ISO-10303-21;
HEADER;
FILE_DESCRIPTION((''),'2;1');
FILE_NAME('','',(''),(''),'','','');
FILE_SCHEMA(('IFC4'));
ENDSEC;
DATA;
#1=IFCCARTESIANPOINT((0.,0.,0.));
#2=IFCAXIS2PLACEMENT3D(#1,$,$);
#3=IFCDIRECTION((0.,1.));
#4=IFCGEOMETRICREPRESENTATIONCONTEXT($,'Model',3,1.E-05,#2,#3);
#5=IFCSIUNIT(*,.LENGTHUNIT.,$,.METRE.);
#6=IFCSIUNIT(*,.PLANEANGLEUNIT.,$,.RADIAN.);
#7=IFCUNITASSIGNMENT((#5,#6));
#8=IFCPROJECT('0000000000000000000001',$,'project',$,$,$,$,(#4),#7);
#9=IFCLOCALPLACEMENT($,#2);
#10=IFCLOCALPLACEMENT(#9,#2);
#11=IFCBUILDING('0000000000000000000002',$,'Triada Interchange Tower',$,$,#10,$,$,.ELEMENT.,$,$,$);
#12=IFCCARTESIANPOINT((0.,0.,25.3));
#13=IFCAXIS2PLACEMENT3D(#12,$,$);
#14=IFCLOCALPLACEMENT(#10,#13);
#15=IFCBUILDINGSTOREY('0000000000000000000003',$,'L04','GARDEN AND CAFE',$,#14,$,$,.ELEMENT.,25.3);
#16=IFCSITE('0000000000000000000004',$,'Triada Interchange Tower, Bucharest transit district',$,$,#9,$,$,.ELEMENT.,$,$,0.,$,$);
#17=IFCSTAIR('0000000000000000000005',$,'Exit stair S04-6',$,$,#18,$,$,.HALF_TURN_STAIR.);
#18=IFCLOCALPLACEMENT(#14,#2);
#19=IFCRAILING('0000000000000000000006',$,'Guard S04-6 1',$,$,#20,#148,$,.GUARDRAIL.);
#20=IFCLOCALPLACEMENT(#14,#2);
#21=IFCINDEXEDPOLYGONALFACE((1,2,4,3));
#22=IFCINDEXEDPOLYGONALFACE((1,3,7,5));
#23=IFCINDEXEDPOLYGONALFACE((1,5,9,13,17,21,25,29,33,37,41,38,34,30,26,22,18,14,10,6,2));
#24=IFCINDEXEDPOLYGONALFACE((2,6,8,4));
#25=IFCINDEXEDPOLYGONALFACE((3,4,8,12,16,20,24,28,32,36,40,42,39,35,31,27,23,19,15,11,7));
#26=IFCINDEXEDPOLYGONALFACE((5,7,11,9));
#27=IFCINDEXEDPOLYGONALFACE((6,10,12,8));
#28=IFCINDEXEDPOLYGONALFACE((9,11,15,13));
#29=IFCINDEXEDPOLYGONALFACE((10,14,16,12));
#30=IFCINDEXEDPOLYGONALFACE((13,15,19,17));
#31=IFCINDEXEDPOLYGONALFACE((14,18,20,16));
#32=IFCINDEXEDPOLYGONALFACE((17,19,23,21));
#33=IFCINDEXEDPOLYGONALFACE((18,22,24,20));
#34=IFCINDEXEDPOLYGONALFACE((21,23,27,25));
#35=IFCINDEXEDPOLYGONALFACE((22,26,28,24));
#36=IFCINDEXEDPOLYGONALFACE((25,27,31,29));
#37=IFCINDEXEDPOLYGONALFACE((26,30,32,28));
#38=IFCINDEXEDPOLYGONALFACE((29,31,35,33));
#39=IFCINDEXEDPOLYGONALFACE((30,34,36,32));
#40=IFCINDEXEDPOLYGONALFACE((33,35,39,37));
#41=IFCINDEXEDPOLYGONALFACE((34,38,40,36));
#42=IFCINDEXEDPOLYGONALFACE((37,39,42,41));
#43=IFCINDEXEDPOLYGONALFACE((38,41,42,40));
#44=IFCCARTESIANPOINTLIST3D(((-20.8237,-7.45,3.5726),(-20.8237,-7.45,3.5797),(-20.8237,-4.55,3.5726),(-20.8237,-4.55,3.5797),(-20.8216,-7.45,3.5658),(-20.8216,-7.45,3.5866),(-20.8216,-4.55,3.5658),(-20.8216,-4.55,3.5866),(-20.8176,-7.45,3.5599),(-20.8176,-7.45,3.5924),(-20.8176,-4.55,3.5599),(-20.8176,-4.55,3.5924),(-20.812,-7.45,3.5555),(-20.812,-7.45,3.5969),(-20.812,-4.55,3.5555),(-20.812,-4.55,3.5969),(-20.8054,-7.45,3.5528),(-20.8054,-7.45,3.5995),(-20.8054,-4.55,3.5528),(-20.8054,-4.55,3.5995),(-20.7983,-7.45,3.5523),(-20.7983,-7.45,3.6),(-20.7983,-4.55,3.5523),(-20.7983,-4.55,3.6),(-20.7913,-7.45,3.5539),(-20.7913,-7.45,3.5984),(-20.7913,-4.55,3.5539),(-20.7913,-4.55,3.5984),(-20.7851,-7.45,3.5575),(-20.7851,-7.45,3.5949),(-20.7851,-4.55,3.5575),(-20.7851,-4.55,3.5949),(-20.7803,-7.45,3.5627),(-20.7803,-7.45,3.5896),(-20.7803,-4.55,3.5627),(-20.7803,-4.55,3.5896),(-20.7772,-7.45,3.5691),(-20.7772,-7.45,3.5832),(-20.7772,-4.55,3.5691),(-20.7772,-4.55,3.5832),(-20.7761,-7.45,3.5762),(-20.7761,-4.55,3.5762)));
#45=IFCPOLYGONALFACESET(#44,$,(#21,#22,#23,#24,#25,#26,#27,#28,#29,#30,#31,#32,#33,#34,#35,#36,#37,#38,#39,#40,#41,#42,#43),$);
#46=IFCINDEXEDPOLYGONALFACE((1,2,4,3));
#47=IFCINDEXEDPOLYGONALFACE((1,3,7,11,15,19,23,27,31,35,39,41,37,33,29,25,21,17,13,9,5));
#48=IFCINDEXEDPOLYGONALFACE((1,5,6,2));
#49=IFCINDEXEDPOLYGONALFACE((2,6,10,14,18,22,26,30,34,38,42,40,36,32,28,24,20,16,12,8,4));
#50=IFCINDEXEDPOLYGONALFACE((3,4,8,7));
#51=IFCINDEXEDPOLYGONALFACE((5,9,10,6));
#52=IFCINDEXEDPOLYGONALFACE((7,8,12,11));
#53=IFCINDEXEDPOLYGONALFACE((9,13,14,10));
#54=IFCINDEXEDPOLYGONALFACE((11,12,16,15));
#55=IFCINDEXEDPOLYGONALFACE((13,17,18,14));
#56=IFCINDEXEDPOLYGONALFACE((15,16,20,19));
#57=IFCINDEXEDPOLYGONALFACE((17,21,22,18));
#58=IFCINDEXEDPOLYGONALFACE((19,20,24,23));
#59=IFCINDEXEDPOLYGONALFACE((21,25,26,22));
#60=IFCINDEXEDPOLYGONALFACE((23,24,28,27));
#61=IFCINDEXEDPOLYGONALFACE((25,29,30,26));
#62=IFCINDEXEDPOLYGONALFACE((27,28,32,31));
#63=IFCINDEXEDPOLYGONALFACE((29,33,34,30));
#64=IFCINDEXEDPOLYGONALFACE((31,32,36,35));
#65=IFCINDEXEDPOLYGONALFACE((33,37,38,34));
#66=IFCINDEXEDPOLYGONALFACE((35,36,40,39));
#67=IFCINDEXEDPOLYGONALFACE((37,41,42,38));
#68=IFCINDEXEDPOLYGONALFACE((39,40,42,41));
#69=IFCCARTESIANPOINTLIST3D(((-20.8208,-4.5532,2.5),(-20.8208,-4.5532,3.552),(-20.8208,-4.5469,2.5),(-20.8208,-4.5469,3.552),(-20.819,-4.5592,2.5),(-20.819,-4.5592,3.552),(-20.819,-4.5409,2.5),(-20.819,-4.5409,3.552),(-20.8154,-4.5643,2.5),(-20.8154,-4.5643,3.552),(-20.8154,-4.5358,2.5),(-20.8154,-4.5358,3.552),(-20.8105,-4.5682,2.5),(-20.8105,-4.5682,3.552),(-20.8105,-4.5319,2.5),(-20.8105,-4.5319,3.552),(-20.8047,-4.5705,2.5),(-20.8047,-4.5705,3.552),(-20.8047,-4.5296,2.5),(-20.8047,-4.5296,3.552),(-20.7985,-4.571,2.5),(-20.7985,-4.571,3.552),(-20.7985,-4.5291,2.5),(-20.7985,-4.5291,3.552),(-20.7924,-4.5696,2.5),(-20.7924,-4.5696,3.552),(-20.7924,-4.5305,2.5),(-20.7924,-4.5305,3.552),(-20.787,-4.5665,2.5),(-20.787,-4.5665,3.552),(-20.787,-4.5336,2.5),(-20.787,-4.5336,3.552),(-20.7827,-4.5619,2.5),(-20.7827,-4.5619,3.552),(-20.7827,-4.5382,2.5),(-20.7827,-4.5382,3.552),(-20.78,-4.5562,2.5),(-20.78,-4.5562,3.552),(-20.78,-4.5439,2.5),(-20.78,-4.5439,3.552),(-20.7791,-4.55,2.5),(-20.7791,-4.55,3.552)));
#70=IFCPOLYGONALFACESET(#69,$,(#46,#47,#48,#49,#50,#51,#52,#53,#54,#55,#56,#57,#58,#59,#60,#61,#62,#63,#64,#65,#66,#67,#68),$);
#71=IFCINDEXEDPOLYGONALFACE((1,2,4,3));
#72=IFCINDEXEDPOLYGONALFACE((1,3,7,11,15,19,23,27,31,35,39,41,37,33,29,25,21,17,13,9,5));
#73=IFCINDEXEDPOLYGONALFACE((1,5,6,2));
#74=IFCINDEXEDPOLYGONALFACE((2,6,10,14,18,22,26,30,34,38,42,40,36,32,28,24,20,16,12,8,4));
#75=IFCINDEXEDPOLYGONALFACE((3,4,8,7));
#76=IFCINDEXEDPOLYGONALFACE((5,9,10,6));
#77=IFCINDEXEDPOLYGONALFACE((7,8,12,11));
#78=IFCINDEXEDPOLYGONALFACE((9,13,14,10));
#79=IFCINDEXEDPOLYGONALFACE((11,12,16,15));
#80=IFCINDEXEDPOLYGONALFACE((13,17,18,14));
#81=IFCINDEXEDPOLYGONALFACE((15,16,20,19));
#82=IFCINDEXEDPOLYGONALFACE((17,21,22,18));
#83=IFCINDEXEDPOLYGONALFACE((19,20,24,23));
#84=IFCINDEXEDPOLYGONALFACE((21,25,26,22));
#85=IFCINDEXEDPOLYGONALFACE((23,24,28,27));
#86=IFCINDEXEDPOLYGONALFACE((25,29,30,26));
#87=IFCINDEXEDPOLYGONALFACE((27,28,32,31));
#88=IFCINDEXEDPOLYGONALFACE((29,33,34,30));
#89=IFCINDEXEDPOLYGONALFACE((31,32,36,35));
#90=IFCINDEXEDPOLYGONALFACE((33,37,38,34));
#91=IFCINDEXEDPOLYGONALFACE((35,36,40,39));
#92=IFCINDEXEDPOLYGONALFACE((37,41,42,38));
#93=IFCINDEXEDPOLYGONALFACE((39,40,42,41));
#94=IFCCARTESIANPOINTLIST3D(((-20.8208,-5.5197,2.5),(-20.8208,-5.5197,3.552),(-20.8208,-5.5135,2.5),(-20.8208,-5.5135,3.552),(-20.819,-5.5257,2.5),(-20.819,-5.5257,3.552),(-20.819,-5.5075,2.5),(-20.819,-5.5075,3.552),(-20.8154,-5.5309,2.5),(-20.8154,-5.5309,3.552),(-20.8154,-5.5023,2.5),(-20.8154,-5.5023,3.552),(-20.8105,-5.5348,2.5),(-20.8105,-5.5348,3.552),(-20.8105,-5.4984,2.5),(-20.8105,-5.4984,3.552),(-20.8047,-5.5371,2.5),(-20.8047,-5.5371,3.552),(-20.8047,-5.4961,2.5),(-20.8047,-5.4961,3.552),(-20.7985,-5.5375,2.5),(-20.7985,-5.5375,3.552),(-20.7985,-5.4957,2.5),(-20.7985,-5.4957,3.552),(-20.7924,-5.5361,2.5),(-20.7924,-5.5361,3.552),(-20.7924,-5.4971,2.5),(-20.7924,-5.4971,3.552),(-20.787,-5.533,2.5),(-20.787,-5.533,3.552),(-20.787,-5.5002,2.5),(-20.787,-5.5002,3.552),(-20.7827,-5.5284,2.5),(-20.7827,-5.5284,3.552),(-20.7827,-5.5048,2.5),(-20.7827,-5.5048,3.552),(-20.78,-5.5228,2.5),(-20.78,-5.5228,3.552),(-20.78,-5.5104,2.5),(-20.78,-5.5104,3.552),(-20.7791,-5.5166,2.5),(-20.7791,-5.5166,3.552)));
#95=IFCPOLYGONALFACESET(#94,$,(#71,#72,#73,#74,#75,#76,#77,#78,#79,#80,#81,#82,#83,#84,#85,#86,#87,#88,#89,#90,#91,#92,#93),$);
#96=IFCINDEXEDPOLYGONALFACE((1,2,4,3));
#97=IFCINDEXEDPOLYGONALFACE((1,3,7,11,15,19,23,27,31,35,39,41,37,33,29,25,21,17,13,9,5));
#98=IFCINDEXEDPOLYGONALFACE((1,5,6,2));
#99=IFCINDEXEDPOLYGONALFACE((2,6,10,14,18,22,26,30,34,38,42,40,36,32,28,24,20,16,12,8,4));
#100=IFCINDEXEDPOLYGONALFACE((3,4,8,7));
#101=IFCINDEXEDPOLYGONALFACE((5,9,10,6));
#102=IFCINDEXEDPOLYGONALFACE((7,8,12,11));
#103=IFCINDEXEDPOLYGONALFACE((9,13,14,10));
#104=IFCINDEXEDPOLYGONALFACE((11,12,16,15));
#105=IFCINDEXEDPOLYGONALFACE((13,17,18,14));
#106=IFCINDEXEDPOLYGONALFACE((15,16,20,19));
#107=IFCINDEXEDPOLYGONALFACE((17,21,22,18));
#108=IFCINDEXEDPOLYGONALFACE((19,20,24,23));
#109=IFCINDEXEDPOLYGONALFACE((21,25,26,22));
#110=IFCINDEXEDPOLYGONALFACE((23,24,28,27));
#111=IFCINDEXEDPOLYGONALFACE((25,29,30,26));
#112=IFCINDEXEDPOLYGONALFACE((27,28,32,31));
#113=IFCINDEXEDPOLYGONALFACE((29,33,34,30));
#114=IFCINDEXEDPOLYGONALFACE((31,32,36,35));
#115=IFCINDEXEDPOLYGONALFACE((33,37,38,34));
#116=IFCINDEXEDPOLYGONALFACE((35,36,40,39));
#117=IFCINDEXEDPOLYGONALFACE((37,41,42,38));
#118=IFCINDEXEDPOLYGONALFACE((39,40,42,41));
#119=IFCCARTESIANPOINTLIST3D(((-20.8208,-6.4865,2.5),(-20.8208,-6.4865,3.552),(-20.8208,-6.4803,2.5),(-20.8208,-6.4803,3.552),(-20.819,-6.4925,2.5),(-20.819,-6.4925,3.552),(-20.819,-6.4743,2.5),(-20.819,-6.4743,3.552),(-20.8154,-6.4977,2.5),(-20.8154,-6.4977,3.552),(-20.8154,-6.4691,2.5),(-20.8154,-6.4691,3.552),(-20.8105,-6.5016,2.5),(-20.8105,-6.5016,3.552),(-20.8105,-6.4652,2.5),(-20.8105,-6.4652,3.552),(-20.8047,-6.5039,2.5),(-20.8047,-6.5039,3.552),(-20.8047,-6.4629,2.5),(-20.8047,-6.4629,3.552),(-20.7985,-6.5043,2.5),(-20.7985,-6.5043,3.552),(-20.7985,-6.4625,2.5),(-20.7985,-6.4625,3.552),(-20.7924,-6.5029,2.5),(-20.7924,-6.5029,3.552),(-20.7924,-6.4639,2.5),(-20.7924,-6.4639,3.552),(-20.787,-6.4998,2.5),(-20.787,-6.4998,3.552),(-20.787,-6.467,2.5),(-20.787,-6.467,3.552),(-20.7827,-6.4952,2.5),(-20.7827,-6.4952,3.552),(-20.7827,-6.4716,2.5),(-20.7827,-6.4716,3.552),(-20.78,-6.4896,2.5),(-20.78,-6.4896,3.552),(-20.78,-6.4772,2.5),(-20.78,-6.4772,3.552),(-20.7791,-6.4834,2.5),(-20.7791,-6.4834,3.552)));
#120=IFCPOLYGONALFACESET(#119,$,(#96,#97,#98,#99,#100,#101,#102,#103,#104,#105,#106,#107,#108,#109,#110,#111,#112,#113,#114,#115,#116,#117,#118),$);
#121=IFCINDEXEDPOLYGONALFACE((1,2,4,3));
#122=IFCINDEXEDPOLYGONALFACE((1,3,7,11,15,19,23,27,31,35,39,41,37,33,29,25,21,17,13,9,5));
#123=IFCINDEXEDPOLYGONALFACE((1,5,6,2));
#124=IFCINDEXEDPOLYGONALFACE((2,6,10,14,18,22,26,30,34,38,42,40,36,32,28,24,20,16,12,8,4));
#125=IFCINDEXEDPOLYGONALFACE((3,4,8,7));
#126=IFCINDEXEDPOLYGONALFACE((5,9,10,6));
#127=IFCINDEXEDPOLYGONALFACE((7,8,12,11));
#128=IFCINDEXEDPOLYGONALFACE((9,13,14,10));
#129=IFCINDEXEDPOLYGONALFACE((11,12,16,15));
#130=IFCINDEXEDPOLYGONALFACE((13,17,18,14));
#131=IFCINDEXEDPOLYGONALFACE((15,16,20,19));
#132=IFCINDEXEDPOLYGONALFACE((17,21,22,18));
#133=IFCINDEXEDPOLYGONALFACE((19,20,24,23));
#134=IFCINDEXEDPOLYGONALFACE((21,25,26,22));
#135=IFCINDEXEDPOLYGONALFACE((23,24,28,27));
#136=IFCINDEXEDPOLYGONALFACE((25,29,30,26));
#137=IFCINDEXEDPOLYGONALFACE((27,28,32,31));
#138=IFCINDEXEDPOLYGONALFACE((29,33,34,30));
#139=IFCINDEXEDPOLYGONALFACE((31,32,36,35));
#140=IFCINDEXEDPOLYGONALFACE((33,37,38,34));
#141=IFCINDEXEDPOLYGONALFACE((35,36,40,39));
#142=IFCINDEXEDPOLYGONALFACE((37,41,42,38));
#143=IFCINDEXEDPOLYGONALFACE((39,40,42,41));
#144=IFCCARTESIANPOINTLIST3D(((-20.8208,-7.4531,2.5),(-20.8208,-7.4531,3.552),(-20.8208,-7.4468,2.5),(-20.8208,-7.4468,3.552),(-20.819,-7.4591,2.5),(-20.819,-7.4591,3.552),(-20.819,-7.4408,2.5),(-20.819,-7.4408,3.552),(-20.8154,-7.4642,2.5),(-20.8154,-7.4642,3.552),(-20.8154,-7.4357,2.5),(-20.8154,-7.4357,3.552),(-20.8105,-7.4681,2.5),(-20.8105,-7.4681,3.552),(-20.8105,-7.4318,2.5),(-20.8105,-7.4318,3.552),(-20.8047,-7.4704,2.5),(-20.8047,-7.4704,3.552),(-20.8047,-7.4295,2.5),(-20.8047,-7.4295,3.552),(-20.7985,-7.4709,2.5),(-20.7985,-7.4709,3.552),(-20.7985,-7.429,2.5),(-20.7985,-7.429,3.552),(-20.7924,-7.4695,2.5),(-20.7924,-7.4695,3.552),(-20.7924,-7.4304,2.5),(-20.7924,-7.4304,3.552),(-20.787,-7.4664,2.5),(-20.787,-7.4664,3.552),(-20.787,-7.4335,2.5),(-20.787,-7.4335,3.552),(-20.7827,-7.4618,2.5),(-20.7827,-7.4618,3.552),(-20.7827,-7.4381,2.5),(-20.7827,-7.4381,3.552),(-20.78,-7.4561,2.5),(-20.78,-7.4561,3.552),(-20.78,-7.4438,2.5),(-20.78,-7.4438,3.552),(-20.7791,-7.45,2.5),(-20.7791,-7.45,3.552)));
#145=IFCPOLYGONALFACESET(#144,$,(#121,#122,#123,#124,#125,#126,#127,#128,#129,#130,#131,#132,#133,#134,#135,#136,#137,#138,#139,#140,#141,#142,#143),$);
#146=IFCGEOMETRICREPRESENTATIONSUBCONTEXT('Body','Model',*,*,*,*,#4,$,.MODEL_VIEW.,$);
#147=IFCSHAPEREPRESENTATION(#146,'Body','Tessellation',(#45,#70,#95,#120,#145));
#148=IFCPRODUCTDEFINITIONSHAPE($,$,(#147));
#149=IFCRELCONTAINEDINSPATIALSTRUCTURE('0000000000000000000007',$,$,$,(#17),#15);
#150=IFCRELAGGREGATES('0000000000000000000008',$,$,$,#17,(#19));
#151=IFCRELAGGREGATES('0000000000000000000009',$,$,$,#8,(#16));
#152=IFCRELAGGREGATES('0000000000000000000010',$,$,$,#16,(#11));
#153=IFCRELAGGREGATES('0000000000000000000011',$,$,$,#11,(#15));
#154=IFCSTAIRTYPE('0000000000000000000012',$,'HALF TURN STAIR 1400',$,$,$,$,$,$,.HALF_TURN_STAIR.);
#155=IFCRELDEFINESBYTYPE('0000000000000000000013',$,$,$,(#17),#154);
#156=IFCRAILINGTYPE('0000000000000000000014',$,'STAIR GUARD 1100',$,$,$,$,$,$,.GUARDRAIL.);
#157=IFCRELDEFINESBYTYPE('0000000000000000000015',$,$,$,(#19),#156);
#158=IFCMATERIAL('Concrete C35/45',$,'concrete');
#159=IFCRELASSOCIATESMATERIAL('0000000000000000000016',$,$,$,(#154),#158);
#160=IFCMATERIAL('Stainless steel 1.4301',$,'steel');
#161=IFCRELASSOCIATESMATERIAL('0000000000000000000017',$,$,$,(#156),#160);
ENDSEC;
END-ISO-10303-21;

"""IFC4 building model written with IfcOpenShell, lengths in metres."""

from ifc_helpers import new_model, si_unit, direction, frame, origin, origin_2d, place, context, subcontext, project, spatial, circle, extrude, material, type_object, element, aggregate, save


model = new_model("IFC4")

# Units and contexts
model_context = context("Model", 3, precision=1e-05, world=origin(), true_north=direction((0.0, 1.0)))
body_context = subcontext(model_context, "Body", "Model", "MODEL_VIEW")
ifc_project = project(units=[si_unit("LENGTHUNIT", "METRE"), si_unit("PLANEANGLEUNIT", "RADIAN")], contexts=[model_context])

# Site, building, storey
site_placement = place(None, origin())
site = spatial("IfcSite", under=ifc_project, at=site_placement, Name="Triada Interchange Tower, Bucharest transit district", CompositionType="ELEMENT", RefElevation=0.0)
building_placement = place(site_placement, origin())
building = spatial("IfcBuilding", under=site, at=building_placement, Name="Triada Interchange Tower", CompositionType="ELEMENT")
storey_placement = place(building_placement, frame((0.0, 0.0, 25.3)))
storey = spatial("IfcBuildingStorey", under=building, at=storey_placement, Name="L04", Description="GARDEN AND CAFE", CompositionType="ELEMENT", Elevation=25.3)

# Shared definitions
ifc_material_1 = material(Name="Concrete C35/45", Category="concrete")

# Stair, railing
stair_type = type_object("IfcStairType", Name="HALF TURN STAIR 1400", PredefinedType="HALF_TURN_STAIR", material=ifc_material_1)
stair_placement = place(storey_placement, origin())
stair = element("IfcStair", 1, at=stair_placement, inside=storey, type_object=stair_type, Name="Exit stair S04-6", PredefinedType="HALF_TURN_STAIR")
ifc_material_2 = material(Name="Stainless steel 1.4301", Category="steel")
railing_type_1 = type_object("IfcRailingType", Name="STAIR GUARD 1100", PredefinedType="GUARDRAIL", material=ifc_material_2)
railing_1_placement = place(storey_placement, frame((-20.8, -4.55, 2.5)))
railing_1 = element("IfcRailing", 2, at=railing_1_placement, type_object=railing_type_1, Name="Guard S04-6 1", PredefinedType="GUARDRAIL", context=body_context, shape_type="SweptSolid", body=[
    extrude(circle(Radius=0.0239, at=origin_2d()), frame((0.0, 0.0, 1.0762), z_axis=(0.0, -1.0, 0.0), x_axis=(1.0, 0.0, 0.0)), (0.0, 0.0, 1.0), 2.8999),
    extrude(circle(Radius=0.021, at=origin_2d()), origin(), (0.0, 0.0, 1.0), 1.052),
    extrude(circle(Radius=0.021, at=origin_2d()), frame((0.0, -0.9666, 0.0)), (0.0, 0.0, 1.0), 1.052),
    extrude(circle(Radius=0.021, at=origin_2d()), frame((0.0, -1.9333, 0.0)), (0.0, 0.0, 1.0), 1.052),
    extrude(circle(Radius=0.021, at=origin_2d()), frame((0.0, -2.8999, 0.0)), (0.0, 0.0, 1.0), 1.052),
])
aggregate(stair, [railing_1])

save(model, "model.ifc")
